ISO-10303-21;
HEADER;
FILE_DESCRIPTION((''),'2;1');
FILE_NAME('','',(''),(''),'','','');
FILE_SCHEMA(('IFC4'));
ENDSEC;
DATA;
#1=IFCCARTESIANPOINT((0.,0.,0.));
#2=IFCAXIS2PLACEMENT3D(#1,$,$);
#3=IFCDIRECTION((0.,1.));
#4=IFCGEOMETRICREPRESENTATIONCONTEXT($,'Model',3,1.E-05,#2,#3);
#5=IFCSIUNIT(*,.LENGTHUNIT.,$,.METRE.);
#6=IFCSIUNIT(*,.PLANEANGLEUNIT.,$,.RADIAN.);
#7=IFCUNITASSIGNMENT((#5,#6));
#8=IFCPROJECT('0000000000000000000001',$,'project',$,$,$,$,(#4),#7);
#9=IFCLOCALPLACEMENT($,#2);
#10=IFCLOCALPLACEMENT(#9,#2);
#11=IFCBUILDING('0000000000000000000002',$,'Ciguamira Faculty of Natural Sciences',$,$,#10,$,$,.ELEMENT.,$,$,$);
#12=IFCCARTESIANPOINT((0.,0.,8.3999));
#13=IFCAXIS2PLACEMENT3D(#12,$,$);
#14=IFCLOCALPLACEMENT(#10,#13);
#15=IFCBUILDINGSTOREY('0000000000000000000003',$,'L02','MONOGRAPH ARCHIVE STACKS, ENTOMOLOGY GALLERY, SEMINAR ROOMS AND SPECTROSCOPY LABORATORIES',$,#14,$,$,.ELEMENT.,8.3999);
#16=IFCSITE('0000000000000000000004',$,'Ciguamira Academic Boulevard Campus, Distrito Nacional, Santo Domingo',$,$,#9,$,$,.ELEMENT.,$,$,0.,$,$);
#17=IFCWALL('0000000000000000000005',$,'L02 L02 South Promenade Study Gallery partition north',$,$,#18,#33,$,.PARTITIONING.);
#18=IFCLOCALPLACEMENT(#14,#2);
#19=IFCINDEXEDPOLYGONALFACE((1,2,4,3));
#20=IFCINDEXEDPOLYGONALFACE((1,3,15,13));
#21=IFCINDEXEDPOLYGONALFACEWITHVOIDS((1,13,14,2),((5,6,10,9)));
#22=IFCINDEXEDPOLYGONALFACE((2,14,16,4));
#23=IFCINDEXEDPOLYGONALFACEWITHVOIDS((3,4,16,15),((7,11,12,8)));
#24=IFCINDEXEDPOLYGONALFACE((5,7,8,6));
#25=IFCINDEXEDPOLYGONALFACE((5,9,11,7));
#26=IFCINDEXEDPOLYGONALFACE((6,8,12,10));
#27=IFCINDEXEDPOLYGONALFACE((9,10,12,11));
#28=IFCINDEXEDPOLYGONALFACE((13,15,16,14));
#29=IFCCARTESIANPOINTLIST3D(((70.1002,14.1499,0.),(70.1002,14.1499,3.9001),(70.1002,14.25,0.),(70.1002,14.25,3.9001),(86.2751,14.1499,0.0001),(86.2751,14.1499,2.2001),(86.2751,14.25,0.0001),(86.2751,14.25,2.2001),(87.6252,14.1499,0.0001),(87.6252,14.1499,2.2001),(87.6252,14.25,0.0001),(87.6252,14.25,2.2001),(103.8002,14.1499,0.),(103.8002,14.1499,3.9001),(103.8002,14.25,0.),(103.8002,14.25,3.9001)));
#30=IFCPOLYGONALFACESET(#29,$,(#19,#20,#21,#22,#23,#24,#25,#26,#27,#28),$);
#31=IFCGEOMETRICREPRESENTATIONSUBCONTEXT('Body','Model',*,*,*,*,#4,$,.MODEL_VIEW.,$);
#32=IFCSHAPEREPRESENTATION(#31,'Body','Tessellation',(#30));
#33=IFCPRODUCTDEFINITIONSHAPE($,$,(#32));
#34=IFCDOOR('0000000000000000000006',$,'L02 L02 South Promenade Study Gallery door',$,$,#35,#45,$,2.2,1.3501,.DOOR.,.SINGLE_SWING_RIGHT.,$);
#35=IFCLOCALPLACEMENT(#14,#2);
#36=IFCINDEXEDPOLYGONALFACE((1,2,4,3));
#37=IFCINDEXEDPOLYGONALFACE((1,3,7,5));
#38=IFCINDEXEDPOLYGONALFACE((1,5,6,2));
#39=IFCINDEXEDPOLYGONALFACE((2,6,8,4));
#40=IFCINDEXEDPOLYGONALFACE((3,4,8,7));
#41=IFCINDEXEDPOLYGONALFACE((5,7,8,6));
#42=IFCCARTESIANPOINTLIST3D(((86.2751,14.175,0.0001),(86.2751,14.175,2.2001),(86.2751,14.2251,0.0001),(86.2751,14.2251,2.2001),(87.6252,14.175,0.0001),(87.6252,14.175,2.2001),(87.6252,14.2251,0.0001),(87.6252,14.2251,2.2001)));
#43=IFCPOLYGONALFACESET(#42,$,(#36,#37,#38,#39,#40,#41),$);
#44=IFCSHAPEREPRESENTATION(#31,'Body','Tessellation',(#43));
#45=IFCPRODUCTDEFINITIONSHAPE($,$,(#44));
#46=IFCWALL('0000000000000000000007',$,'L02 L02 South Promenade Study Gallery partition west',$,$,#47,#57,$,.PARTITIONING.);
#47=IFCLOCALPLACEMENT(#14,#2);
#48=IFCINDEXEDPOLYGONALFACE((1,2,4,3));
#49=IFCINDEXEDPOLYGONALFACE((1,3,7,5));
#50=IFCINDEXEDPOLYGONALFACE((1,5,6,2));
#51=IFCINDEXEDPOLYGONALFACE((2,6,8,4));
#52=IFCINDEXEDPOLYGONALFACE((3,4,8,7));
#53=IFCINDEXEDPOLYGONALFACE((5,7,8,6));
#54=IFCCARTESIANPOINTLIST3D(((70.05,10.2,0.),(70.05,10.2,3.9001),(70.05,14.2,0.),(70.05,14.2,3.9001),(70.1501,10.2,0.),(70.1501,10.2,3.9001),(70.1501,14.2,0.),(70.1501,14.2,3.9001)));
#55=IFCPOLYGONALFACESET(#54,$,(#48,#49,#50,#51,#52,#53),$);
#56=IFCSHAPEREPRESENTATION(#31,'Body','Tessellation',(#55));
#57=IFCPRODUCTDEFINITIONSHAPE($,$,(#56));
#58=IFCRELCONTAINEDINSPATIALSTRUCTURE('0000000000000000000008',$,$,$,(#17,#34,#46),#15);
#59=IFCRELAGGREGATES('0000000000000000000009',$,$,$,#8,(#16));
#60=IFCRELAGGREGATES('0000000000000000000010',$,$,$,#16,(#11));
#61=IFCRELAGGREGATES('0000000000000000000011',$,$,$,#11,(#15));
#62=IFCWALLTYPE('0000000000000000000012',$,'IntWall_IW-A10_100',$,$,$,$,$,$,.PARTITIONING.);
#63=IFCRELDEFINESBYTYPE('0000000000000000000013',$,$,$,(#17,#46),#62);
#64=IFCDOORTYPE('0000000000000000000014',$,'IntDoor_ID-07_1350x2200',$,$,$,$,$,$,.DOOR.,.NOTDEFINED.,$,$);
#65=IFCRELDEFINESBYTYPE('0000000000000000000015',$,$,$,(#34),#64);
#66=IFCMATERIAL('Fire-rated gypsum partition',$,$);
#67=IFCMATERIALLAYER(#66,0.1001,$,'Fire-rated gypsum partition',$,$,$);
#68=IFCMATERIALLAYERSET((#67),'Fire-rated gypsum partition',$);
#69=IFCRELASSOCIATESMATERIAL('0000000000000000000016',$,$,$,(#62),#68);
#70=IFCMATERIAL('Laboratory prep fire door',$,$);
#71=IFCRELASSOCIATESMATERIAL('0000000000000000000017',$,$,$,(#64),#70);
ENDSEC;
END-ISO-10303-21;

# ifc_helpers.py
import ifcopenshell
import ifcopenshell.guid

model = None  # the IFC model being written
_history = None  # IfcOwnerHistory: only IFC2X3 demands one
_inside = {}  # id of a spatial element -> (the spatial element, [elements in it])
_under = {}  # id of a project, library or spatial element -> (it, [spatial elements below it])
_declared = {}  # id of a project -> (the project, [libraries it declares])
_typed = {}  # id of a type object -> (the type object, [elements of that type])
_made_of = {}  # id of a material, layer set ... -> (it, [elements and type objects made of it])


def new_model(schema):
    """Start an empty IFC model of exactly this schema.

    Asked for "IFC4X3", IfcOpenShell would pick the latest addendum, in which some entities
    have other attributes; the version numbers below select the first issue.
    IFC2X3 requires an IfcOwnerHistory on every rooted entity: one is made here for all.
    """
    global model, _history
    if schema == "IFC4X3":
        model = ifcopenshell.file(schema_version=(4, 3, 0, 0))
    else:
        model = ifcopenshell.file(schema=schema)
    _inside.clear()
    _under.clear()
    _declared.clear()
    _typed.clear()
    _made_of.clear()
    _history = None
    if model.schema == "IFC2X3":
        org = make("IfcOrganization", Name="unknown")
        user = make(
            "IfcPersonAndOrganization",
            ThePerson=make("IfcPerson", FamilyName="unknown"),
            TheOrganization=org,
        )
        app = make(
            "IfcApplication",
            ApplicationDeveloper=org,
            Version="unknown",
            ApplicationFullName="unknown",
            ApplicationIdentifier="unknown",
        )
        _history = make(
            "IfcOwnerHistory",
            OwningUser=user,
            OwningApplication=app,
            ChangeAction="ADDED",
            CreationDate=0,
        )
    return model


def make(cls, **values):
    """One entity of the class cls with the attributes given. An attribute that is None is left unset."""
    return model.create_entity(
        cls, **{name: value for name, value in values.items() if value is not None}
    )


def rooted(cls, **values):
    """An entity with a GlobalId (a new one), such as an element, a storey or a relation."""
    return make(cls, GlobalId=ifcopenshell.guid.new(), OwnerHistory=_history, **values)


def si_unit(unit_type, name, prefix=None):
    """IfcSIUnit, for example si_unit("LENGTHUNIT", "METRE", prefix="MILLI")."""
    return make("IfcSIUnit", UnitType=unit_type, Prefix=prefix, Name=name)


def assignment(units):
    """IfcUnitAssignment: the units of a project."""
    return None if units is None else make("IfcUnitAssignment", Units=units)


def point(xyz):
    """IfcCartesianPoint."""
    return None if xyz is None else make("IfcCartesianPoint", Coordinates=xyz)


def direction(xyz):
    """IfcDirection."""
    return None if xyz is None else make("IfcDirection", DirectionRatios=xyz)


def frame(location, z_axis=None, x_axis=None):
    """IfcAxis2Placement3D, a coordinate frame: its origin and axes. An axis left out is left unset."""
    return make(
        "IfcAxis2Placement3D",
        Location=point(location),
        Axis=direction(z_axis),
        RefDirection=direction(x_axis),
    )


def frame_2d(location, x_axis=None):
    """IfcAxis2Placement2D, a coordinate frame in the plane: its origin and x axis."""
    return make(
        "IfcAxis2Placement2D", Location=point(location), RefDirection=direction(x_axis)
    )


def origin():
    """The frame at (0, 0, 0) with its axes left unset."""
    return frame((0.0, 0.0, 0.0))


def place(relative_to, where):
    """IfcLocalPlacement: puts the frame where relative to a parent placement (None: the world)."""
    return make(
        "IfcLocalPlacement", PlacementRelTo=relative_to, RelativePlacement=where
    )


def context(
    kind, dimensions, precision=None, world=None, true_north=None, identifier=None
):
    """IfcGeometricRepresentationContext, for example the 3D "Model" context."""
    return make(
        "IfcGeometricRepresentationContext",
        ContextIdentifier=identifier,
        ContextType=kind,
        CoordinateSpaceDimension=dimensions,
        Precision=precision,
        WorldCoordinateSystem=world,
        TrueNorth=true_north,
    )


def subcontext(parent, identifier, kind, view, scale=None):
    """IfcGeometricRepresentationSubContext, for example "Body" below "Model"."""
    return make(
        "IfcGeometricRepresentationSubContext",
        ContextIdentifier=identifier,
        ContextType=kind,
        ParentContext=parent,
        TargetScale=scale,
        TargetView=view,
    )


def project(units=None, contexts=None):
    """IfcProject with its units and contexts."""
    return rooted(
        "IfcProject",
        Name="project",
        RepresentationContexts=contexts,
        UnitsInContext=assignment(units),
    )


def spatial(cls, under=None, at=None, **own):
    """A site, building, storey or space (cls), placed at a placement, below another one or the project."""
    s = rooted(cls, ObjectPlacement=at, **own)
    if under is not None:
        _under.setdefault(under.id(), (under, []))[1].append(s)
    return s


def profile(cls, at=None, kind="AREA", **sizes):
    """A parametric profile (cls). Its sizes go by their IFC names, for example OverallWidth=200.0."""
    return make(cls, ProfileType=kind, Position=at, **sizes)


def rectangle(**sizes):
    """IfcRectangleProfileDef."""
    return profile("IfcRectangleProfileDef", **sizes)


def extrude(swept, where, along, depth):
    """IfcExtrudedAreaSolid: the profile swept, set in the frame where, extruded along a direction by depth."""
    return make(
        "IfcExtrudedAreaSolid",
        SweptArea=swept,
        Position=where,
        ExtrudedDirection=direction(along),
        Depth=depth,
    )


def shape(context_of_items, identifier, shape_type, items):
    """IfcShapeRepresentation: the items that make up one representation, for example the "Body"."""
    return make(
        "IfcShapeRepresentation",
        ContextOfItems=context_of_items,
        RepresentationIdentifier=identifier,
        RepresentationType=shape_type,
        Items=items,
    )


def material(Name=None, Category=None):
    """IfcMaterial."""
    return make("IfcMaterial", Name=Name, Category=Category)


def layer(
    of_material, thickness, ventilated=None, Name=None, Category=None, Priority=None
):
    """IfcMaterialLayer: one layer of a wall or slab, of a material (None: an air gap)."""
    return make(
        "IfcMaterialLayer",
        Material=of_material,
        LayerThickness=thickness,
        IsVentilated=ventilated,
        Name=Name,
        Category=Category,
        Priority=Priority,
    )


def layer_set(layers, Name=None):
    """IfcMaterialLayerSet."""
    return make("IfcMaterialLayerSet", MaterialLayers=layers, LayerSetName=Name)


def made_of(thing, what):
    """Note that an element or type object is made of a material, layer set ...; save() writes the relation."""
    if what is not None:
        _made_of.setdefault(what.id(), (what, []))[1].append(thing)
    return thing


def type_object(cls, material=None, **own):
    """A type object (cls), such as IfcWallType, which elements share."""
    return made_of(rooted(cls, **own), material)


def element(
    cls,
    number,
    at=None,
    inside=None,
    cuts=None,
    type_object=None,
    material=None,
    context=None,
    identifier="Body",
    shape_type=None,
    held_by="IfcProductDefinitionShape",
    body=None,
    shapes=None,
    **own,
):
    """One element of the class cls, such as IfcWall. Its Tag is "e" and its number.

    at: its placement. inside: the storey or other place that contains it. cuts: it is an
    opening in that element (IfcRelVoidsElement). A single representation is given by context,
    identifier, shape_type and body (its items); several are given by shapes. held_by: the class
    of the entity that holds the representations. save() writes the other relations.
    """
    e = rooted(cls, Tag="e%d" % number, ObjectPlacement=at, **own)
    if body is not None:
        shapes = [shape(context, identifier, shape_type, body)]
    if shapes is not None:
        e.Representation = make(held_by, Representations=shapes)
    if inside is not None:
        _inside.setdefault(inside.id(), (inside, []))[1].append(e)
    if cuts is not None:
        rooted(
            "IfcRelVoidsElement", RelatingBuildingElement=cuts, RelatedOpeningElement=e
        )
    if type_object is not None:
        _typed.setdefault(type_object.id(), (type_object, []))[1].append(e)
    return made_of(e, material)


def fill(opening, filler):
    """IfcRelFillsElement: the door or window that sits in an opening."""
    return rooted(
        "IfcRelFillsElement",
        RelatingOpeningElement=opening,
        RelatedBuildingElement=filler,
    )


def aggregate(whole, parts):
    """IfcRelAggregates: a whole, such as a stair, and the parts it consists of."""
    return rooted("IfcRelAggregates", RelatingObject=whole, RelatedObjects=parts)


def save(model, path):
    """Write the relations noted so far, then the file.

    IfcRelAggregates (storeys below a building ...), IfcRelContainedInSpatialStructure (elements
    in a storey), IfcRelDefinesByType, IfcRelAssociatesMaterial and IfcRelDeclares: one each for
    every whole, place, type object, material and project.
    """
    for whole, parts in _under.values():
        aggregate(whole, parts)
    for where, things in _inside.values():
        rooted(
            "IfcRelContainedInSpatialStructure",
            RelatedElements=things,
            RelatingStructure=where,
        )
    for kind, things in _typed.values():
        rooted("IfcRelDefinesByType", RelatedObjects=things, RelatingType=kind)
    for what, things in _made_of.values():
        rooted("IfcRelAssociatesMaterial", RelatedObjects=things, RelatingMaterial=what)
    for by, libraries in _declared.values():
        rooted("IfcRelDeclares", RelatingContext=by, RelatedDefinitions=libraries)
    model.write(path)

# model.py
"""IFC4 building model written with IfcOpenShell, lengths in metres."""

from ifc_helpers import new_model, si_unit, direction, frame, frame_2d, origin, place, context, subcontext, project, spatial, rectangle, extrude, material, layer, layer_set, type_object, element, fill, save


model = new_model("IFC4")

# Units and contexts
model_context = context("Model", 3, precision=1e-05, world=origin(), true_north=direction((0.0, 1.0)))
body_context = subcontext(model_context, "Body", "Model", "MODEL_VIEW")
ifc_project = project(units=[si_unit("LENGTHUNIT", "METRE"), si_unit("PLANEANGLEUNIT", "RADIAN")], contexts=[model_context])

# Site, building, storey
site_placement = place(None, origin())
site = spatial("IfcSite", under=ifc_project, at=site_placement, Name="Ciguamira Academic Boulevard Campus, Distrito Nacional, Santo Domingo", CompositionType="ELEMENT", RefElevation=0.0)
building_placement = place(site_placement, origin())
building = spatial("IfcBuilding", under=site, at=building_placement, Name="Ciguamira Faculty of Natural Sciences", CompositionType="ELEMENT")
storey_placement = place(building_placement, frame((0.0, 0.0, 8.3999)))
storey = spatial("IfcBuildingStorey", under=building, at=storey_placement, Name="L02", Description="MONOGRAPH ARCHIVE STACKS, ENTOMOLOGY GALLERY, SEMINAR ROOMS AND SPECTROSCOPY LABORATORIES", CompositionType="ELEMENT", Elevation=8.3999)

# Shared definitions
ifc_material_1 = material(Name="Fire-rated gypsum partition")
ifc_layer = layer(ifc_material_1, 0.1001, Name="Fire-rated gypsum partition")
ifc_layer_set = layer_set([ifc_layer], Name="Fire-rated gypsum partition")
wall_type = type_object("IfcWallType", Name="IntWall_IW-A10_100", PredefinedType="PARTITIONING", material=ifc_layer_set)

# Wall, opening, door
wall_1_placement = place(storey_placement, frame((70.1001, 14.2, 0.0), z_axis=(0.0, 0.0, 1.0), x_axis=(1.0, 0.0, 0.0)))
wall_1 = element("IfcWall", 1, at=wall_1_placement, inside=storey, type_object=wall_type, Name="L02 L02 South Promenade Study Gallery partition north", PredefinedType="PARTITIONING", context=body_context, shape_type="SweptSolid", body=[
    extrude(rectangle(XDim=33.7, YDim=0.1001, at=frame_2d((16.8501, 0.0))), origin(), (0.0, 0.0, 1.0), 3.9001),
])
opening_placement = place(wall_1_placement, frame((16.175, 0.0, 0.0)))
opening = element("IfcOpeningElement", 2, at=opening_placement, cuts=wall_1, PredefinedType="OPENING", context=body_context, shape_type="SweptSolid", body=[
    extrude(rectangle(XDim=1.3501, YDim=2.2, at=frame_2d((0.675, 1.1001))), frame((0.0, 0.0601, 0.0), z_axis=(0.0, -1.0, 0.0), x_axis=(1.0, 0.0, 0.0)), (0.0, 0.0, 1.0), 0.1201),
])
ifc_material_2 = material(Name="Laboratory prep fire door")
door_type = type_object("IfcDoorType", Name="IntDoor_ID-07_1350x2200", OperationType="NOTDEFINED", PredefinedType="DOOR", material=ifc_material_2)
door_placement = place(opening_placement, frame((1.3501, 0.0, 0.0), z_axis=(0.0, 0.0, 1.0), x_axis=(-1.0, 0.0, 0.0)))
door = element("IfcDoor", 3, at=door_placement, inside=storey, type_object=door_type, Name="L02 L02 South Promenade Study Gallery door", OperationType="SINGLE_SWING_RIGHT", OverallHeight=2.2, OverallWidth=1.3501, PredefinedType="DOOR", context=body_context, shape_type="SweptSolid", body=[
    extrude(rectangle(XDim=1.3501, YDim=2.2, at=frame_2d((0.675, 1.1001))), frame((0.0, 0.0249, 0.0), z_axis=(0.0, -1.0, 0.0), x_axis=(1.0, 0.0, 0.0)), (0.0, 0.0, 1.0), 0.05),
])
fill(opening, door)

# Wall
wall_2_placement = place(storey_placement, frame((70.1001, 10.2, 0.0), z_axis=(0.0, 0.0, 1.0), x_axis=(0.0, 1.0, 0.0)))
element("IfcWall", 4, at=wall_2_placement, inside=storey, type_object=wall_type, Name="L02 L02 South Promenade Study Gallery partition west", PredefinedType="PARTITIONING", context=body_context, shape_type="SweptSolid", body=[
    extrude(rectangle(XDim=4.0, YDim=0.1001, at=frame_2d((2.0, 0.0))), origin(), (0.0, 0.0, 1.0), 3.9001),
])

save(model, "model.ifc")
